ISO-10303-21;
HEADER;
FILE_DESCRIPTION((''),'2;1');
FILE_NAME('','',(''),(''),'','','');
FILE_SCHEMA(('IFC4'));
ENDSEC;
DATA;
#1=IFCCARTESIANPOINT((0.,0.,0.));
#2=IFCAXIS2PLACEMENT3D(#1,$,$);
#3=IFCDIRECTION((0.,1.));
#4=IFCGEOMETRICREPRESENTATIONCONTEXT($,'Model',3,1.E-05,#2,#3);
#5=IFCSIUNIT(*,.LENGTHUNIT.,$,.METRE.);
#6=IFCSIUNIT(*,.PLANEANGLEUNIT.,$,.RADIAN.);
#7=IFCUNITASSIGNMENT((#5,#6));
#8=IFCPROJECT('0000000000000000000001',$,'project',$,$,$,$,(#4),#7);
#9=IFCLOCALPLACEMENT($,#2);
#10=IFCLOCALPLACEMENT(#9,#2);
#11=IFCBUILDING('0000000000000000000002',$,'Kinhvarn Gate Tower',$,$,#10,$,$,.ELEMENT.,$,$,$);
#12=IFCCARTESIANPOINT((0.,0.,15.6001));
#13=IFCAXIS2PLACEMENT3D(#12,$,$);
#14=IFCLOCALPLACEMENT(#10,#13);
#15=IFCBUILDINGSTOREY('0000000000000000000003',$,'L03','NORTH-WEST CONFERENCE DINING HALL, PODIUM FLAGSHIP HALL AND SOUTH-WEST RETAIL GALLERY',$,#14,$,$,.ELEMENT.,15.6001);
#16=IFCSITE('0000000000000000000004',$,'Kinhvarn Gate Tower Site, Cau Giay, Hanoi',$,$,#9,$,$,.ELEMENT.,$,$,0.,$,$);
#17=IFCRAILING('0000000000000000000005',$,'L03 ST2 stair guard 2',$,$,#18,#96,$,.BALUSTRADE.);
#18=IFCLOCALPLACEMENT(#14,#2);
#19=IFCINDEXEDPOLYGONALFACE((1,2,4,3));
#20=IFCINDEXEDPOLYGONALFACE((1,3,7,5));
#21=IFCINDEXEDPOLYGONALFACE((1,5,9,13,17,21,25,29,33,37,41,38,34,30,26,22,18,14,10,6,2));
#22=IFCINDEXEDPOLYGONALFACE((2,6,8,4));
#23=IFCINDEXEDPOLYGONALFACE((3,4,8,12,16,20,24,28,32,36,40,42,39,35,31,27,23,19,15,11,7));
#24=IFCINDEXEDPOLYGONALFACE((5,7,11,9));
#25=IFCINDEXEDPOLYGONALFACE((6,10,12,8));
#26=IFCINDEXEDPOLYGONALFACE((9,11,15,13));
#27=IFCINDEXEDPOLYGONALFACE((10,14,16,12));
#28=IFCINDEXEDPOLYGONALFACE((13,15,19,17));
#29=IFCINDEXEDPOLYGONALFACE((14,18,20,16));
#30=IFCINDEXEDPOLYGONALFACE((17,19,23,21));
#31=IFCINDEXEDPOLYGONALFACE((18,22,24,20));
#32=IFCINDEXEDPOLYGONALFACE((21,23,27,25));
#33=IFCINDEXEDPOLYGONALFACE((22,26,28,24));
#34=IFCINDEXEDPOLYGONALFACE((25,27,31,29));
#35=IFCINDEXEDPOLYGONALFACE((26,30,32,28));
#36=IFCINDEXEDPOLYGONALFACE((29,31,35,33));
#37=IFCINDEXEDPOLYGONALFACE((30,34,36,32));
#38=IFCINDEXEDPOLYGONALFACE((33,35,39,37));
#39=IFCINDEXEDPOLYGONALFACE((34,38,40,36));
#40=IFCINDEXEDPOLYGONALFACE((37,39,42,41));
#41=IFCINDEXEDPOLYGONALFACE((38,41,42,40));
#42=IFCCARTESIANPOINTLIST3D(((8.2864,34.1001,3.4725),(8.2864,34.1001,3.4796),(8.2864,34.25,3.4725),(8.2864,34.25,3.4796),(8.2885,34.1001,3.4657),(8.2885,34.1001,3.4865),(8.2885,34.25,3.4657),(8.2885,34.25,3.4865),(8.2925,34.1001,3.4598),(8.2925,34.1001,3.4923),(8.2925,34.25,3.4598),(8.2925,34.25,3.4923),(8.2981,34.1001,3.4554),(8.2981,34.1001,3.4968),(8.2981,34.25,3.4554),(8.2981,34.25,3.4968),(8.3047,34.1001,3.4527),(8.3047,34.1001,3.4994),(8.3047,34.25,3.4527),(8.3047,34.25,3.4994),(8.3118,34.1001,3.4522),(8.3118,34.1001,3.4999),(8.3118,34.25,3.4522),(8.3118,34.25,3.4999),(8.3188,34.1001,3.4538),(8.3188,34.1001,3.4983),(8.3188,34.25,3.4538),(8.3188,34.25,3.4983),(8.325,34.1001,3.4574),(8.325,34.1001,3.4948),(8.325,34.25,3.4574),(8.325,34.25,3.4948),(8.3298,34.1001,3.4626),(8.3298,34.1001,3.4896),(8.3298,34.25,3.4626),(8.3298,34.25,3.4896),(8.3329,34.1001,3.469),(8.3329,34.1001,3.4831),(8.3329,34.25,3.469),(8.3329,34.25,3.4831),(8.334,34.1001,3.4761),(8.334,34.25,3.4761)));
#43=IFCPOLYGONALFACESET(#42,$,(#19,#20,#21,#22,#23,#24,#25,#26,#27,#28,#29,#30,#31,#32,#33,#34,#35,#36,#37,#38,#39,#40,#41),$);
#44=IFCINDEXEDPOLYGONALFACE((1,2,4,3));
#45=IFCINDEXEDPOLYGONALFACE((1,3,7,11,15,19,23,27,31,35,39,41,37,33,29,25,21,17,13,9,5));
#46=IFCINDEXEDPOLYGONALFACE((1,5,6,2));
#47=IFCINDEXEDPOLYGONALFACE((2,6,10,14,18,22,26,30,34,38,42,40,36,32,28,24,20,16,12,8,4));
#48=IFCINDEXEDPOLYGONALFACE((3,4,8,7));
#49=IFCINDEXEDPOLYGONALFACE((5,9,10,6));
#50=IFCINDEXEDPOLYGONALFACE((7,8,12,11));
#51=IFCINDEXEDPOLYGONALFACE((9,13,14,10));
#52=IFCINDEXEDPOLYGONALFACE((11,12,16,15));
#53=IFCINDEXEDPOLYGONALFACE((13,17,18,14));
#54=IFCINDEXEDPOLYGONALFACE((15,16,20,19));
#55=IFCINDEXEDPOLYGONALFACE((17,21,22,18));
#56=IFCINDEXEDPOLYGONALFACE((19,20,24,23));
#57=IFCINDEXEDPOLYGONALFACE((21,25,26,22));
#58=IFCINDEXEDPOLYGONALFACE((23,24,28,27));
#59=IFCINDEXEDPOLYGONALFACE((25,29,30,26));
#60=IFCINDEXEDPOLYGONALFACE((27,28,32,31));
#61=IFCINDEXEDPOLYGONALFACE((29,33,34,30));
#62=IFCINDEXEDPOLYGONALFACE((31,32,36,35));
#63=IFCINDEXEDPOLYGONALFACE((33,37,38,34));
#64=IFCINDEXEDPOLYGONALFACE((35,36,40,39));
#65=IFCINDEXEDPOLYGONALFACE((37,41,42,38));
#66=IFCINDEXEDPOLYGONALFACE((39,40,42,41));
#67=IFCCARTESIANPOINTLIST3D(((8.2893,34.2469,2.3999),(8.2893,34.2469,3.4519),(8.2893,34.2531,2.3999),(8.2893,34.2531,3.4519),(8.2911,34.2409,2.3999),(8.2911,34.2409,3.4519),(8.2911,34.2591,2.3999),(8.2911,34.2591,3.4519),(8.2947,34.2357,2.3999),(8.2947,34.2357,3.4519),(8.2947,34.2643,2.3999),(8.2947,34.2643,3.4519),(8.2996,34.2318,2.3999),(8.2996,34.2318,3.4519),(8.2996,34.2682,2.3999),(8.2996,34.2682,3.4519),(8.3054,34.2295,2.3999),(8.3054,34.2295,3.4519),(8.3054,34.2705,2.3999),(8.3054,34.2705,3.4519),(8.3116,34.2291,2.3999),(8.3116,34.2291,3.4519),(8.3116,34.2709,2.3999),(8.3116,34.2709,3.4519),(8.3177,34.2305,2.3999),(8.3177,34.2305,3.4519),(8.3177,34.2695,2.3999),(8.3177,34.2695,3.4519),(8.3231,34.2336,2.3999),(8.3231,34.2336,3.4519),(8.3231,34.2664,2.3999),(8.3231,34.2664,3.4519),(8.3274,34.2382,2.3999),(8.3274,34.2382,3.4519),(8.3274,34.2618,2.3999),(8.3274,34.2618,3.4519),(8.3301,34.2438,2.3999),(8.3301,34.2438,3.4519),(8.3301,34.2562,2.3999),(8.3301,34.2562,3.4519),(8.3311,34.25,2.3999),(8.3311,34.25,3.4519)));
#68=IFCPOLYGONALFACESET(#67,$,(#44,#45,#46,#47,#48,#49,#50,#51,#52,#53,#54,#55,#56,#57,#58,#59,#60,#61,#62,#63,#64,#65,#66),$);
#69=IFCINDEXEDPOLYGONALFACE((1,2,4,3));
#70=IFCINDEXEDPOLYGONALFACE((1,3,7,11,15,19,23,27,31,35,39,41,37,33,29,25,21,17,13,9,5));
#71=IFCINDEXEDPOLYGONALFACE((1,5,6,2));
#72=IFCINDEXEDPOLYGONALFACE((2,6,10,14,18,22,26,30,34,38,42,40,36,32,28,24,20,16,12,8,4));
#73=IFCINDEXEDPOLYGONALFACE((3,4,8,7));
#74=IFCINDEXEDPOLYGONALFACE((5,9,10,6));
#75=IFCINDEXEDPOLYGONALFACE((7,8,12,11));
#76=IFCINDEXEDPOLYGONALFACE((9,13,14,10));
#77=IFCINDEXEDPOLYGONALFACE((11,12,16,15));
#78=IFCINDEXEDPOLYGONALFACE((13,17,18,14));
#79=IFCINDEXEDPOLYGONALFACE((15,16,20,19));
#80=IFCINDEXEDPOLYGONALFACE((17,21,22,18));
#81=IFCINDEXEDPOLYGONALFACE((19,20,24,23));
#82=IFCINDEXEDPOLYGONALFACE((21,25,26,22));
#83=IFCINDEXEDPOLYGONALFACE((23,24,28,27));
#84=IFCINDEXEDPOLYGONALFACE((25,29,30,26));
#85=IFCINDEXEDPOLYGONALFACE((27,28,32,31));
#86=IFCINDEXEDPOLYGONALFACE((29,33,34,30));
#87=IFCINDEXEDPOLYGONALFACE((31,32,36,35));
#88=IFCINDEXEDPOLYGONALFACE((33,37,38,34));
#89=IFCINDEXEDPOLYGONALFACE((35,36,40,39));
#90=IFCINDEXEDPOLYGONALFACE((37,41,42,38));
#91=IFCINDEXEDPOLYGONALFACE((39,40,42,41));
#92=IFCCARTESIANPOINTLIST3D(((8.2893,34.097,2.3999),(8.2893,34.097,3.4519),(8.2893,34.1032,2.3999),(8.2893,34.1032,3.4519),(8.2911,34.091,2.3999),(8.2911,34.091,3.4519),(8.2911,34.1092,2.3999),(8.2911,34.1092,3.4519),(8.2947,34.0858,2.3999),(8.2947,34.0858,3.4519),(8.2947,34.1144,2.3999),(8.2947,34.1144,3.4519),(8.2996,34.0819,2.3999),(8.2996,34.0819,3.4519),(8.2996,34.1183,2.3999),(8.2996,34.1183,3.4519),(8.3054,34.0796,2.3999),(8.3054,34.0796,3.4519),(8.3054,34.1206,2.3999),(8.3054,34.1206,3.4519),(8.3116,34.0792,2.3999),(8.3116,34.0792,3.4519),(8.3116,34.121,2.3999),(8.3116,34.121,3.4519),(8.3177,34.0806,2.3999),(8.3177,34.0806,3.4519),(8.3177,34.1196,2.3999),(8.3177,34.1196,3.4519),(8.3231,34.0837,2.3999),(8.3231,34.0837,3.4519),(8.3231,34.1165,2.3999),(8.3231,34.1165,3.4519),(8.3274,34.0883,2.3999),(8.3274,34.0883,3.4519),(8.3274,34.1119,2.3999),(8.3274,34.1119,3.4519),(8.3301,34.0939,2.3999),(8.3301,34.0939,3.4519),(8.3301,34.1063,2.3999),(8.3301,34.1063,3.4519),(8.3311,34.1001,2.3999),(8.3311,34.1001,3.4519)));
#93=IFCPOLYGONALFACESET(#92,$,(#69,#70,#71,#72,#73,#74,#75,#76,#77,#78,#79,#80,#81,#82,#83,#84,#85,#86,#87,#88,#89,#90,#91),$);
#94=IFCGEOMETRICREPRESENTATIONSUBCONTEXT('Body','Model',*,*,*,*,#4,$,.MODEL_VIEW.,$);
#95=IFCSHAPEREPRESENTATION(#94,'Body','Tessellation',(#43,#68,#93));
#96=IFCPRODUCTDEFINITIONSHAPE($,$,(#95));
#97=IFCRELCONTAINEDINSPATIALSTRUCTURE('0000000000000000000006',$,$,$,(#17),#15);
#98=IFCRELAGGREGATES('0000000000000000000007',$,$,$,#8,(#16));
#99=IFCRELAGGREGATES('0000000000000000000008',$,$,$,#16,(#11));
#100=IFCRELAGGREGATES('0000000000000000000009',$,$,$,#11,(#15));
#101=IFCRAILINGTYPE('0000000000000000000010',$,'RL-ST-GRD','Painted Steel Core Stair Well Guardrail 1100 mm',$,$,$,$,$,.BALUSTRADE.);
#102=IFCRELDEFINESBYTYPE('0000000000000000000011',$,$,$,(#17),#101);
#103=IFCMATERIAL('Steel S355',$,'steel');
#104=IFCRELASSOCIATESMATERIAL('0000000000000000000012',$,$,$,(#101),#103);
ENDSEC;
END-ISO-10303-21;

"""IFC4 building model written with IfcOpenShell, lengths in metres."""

from ifc_helpers import new_model, si_unit, direction, frame, origin, origin_2d, place, context, subcontext, project, spatial, circle, extrude, material, type_object, element, save


model = new_model("IFC4")

# Units and contexts
model_context = context("Model", 3, precision=1e-05, world=origin(), true_north=direction((0.0, 1.0)))
body_context = subcontext(model_context, "Body", "Model", "MODEL_VIEW")
ifc_project = project(units=[si_unit("LENGTHUNIT", "METRE"), si_unit("PLANEANGLEUNIT", "RADIAN")], contexts=[model_context])

# Site, building, storey
site_placement = place(None, origin())
site = spatial("IfcSite", under=ifc_project, at=site_placement, Name="Kinhvarn Gate Tower Site, Cau Giay, Hanoi", CompositionType="ELEMENT", RefElevation=0.0)
building_placement = place(site_placement, origin())
building = spatial("IfcBuilding", under=site, at=building_placement, Name="Kinhvarn Gate Tower", CompositionType="ELEMENT")
storey_placement = place(building_placement, frame((0.0, 0.0, 15.6001)))
storey = spatial("IfcBuildingStorey", under=building, at=storey_placement, Name="L03", Description="NORTH-WEST CONFERENCE DINING HALL, PODIUM FLAGSHIP HALL AND SOUTH-WEST RETAIL GALLERY", CompositionType="ELEMENT", Elevation=15.6001)

# Shared definitions
ifc_material_1 = material(Name="Steel S355", Category="steel")

# Railing
railing_type_1 = type_object("IfcRailingType", Name="RL-ST-GRD", Description="Painted Steel Core Stair Well Guardrail 1100 mm", PredefinedType="BALUSTRADE", material=ifc_material_1)
railing_1_placement = place(storey_placement, frame((8.3101, 34.25, 2.3999)))
element("IfcRailing", 1, at=railing_1_placement, inside=storey, type_object=railing_type_1, Name="L03 ST2 stair guard 2", PredefinedType="BALUSTRADE", context=body_context, shape_type="SweptSolid", body=[
    extrude(circle(Radius=0.0239, at=origin_2d()), frame((0.0, 0.0, 1.0762), z_axis=(0.0, -1.0, 0.0), x_axis=(1.0, 0.0, 0.0)), (0.0, 0.0, 1.0), 0.1499),
    extrude(circle(Radius=0.021, at=origin_2d()), origin(), (0.0, 0.0, 1.0), 1.052),
    extrude(circle(Radius=0.021, at=origin_2d()), frame((0.0, -0.1499, 0.0)), (0.0, 0.0, 1.0), 1.052),
])

save(model, "model.ifc")
